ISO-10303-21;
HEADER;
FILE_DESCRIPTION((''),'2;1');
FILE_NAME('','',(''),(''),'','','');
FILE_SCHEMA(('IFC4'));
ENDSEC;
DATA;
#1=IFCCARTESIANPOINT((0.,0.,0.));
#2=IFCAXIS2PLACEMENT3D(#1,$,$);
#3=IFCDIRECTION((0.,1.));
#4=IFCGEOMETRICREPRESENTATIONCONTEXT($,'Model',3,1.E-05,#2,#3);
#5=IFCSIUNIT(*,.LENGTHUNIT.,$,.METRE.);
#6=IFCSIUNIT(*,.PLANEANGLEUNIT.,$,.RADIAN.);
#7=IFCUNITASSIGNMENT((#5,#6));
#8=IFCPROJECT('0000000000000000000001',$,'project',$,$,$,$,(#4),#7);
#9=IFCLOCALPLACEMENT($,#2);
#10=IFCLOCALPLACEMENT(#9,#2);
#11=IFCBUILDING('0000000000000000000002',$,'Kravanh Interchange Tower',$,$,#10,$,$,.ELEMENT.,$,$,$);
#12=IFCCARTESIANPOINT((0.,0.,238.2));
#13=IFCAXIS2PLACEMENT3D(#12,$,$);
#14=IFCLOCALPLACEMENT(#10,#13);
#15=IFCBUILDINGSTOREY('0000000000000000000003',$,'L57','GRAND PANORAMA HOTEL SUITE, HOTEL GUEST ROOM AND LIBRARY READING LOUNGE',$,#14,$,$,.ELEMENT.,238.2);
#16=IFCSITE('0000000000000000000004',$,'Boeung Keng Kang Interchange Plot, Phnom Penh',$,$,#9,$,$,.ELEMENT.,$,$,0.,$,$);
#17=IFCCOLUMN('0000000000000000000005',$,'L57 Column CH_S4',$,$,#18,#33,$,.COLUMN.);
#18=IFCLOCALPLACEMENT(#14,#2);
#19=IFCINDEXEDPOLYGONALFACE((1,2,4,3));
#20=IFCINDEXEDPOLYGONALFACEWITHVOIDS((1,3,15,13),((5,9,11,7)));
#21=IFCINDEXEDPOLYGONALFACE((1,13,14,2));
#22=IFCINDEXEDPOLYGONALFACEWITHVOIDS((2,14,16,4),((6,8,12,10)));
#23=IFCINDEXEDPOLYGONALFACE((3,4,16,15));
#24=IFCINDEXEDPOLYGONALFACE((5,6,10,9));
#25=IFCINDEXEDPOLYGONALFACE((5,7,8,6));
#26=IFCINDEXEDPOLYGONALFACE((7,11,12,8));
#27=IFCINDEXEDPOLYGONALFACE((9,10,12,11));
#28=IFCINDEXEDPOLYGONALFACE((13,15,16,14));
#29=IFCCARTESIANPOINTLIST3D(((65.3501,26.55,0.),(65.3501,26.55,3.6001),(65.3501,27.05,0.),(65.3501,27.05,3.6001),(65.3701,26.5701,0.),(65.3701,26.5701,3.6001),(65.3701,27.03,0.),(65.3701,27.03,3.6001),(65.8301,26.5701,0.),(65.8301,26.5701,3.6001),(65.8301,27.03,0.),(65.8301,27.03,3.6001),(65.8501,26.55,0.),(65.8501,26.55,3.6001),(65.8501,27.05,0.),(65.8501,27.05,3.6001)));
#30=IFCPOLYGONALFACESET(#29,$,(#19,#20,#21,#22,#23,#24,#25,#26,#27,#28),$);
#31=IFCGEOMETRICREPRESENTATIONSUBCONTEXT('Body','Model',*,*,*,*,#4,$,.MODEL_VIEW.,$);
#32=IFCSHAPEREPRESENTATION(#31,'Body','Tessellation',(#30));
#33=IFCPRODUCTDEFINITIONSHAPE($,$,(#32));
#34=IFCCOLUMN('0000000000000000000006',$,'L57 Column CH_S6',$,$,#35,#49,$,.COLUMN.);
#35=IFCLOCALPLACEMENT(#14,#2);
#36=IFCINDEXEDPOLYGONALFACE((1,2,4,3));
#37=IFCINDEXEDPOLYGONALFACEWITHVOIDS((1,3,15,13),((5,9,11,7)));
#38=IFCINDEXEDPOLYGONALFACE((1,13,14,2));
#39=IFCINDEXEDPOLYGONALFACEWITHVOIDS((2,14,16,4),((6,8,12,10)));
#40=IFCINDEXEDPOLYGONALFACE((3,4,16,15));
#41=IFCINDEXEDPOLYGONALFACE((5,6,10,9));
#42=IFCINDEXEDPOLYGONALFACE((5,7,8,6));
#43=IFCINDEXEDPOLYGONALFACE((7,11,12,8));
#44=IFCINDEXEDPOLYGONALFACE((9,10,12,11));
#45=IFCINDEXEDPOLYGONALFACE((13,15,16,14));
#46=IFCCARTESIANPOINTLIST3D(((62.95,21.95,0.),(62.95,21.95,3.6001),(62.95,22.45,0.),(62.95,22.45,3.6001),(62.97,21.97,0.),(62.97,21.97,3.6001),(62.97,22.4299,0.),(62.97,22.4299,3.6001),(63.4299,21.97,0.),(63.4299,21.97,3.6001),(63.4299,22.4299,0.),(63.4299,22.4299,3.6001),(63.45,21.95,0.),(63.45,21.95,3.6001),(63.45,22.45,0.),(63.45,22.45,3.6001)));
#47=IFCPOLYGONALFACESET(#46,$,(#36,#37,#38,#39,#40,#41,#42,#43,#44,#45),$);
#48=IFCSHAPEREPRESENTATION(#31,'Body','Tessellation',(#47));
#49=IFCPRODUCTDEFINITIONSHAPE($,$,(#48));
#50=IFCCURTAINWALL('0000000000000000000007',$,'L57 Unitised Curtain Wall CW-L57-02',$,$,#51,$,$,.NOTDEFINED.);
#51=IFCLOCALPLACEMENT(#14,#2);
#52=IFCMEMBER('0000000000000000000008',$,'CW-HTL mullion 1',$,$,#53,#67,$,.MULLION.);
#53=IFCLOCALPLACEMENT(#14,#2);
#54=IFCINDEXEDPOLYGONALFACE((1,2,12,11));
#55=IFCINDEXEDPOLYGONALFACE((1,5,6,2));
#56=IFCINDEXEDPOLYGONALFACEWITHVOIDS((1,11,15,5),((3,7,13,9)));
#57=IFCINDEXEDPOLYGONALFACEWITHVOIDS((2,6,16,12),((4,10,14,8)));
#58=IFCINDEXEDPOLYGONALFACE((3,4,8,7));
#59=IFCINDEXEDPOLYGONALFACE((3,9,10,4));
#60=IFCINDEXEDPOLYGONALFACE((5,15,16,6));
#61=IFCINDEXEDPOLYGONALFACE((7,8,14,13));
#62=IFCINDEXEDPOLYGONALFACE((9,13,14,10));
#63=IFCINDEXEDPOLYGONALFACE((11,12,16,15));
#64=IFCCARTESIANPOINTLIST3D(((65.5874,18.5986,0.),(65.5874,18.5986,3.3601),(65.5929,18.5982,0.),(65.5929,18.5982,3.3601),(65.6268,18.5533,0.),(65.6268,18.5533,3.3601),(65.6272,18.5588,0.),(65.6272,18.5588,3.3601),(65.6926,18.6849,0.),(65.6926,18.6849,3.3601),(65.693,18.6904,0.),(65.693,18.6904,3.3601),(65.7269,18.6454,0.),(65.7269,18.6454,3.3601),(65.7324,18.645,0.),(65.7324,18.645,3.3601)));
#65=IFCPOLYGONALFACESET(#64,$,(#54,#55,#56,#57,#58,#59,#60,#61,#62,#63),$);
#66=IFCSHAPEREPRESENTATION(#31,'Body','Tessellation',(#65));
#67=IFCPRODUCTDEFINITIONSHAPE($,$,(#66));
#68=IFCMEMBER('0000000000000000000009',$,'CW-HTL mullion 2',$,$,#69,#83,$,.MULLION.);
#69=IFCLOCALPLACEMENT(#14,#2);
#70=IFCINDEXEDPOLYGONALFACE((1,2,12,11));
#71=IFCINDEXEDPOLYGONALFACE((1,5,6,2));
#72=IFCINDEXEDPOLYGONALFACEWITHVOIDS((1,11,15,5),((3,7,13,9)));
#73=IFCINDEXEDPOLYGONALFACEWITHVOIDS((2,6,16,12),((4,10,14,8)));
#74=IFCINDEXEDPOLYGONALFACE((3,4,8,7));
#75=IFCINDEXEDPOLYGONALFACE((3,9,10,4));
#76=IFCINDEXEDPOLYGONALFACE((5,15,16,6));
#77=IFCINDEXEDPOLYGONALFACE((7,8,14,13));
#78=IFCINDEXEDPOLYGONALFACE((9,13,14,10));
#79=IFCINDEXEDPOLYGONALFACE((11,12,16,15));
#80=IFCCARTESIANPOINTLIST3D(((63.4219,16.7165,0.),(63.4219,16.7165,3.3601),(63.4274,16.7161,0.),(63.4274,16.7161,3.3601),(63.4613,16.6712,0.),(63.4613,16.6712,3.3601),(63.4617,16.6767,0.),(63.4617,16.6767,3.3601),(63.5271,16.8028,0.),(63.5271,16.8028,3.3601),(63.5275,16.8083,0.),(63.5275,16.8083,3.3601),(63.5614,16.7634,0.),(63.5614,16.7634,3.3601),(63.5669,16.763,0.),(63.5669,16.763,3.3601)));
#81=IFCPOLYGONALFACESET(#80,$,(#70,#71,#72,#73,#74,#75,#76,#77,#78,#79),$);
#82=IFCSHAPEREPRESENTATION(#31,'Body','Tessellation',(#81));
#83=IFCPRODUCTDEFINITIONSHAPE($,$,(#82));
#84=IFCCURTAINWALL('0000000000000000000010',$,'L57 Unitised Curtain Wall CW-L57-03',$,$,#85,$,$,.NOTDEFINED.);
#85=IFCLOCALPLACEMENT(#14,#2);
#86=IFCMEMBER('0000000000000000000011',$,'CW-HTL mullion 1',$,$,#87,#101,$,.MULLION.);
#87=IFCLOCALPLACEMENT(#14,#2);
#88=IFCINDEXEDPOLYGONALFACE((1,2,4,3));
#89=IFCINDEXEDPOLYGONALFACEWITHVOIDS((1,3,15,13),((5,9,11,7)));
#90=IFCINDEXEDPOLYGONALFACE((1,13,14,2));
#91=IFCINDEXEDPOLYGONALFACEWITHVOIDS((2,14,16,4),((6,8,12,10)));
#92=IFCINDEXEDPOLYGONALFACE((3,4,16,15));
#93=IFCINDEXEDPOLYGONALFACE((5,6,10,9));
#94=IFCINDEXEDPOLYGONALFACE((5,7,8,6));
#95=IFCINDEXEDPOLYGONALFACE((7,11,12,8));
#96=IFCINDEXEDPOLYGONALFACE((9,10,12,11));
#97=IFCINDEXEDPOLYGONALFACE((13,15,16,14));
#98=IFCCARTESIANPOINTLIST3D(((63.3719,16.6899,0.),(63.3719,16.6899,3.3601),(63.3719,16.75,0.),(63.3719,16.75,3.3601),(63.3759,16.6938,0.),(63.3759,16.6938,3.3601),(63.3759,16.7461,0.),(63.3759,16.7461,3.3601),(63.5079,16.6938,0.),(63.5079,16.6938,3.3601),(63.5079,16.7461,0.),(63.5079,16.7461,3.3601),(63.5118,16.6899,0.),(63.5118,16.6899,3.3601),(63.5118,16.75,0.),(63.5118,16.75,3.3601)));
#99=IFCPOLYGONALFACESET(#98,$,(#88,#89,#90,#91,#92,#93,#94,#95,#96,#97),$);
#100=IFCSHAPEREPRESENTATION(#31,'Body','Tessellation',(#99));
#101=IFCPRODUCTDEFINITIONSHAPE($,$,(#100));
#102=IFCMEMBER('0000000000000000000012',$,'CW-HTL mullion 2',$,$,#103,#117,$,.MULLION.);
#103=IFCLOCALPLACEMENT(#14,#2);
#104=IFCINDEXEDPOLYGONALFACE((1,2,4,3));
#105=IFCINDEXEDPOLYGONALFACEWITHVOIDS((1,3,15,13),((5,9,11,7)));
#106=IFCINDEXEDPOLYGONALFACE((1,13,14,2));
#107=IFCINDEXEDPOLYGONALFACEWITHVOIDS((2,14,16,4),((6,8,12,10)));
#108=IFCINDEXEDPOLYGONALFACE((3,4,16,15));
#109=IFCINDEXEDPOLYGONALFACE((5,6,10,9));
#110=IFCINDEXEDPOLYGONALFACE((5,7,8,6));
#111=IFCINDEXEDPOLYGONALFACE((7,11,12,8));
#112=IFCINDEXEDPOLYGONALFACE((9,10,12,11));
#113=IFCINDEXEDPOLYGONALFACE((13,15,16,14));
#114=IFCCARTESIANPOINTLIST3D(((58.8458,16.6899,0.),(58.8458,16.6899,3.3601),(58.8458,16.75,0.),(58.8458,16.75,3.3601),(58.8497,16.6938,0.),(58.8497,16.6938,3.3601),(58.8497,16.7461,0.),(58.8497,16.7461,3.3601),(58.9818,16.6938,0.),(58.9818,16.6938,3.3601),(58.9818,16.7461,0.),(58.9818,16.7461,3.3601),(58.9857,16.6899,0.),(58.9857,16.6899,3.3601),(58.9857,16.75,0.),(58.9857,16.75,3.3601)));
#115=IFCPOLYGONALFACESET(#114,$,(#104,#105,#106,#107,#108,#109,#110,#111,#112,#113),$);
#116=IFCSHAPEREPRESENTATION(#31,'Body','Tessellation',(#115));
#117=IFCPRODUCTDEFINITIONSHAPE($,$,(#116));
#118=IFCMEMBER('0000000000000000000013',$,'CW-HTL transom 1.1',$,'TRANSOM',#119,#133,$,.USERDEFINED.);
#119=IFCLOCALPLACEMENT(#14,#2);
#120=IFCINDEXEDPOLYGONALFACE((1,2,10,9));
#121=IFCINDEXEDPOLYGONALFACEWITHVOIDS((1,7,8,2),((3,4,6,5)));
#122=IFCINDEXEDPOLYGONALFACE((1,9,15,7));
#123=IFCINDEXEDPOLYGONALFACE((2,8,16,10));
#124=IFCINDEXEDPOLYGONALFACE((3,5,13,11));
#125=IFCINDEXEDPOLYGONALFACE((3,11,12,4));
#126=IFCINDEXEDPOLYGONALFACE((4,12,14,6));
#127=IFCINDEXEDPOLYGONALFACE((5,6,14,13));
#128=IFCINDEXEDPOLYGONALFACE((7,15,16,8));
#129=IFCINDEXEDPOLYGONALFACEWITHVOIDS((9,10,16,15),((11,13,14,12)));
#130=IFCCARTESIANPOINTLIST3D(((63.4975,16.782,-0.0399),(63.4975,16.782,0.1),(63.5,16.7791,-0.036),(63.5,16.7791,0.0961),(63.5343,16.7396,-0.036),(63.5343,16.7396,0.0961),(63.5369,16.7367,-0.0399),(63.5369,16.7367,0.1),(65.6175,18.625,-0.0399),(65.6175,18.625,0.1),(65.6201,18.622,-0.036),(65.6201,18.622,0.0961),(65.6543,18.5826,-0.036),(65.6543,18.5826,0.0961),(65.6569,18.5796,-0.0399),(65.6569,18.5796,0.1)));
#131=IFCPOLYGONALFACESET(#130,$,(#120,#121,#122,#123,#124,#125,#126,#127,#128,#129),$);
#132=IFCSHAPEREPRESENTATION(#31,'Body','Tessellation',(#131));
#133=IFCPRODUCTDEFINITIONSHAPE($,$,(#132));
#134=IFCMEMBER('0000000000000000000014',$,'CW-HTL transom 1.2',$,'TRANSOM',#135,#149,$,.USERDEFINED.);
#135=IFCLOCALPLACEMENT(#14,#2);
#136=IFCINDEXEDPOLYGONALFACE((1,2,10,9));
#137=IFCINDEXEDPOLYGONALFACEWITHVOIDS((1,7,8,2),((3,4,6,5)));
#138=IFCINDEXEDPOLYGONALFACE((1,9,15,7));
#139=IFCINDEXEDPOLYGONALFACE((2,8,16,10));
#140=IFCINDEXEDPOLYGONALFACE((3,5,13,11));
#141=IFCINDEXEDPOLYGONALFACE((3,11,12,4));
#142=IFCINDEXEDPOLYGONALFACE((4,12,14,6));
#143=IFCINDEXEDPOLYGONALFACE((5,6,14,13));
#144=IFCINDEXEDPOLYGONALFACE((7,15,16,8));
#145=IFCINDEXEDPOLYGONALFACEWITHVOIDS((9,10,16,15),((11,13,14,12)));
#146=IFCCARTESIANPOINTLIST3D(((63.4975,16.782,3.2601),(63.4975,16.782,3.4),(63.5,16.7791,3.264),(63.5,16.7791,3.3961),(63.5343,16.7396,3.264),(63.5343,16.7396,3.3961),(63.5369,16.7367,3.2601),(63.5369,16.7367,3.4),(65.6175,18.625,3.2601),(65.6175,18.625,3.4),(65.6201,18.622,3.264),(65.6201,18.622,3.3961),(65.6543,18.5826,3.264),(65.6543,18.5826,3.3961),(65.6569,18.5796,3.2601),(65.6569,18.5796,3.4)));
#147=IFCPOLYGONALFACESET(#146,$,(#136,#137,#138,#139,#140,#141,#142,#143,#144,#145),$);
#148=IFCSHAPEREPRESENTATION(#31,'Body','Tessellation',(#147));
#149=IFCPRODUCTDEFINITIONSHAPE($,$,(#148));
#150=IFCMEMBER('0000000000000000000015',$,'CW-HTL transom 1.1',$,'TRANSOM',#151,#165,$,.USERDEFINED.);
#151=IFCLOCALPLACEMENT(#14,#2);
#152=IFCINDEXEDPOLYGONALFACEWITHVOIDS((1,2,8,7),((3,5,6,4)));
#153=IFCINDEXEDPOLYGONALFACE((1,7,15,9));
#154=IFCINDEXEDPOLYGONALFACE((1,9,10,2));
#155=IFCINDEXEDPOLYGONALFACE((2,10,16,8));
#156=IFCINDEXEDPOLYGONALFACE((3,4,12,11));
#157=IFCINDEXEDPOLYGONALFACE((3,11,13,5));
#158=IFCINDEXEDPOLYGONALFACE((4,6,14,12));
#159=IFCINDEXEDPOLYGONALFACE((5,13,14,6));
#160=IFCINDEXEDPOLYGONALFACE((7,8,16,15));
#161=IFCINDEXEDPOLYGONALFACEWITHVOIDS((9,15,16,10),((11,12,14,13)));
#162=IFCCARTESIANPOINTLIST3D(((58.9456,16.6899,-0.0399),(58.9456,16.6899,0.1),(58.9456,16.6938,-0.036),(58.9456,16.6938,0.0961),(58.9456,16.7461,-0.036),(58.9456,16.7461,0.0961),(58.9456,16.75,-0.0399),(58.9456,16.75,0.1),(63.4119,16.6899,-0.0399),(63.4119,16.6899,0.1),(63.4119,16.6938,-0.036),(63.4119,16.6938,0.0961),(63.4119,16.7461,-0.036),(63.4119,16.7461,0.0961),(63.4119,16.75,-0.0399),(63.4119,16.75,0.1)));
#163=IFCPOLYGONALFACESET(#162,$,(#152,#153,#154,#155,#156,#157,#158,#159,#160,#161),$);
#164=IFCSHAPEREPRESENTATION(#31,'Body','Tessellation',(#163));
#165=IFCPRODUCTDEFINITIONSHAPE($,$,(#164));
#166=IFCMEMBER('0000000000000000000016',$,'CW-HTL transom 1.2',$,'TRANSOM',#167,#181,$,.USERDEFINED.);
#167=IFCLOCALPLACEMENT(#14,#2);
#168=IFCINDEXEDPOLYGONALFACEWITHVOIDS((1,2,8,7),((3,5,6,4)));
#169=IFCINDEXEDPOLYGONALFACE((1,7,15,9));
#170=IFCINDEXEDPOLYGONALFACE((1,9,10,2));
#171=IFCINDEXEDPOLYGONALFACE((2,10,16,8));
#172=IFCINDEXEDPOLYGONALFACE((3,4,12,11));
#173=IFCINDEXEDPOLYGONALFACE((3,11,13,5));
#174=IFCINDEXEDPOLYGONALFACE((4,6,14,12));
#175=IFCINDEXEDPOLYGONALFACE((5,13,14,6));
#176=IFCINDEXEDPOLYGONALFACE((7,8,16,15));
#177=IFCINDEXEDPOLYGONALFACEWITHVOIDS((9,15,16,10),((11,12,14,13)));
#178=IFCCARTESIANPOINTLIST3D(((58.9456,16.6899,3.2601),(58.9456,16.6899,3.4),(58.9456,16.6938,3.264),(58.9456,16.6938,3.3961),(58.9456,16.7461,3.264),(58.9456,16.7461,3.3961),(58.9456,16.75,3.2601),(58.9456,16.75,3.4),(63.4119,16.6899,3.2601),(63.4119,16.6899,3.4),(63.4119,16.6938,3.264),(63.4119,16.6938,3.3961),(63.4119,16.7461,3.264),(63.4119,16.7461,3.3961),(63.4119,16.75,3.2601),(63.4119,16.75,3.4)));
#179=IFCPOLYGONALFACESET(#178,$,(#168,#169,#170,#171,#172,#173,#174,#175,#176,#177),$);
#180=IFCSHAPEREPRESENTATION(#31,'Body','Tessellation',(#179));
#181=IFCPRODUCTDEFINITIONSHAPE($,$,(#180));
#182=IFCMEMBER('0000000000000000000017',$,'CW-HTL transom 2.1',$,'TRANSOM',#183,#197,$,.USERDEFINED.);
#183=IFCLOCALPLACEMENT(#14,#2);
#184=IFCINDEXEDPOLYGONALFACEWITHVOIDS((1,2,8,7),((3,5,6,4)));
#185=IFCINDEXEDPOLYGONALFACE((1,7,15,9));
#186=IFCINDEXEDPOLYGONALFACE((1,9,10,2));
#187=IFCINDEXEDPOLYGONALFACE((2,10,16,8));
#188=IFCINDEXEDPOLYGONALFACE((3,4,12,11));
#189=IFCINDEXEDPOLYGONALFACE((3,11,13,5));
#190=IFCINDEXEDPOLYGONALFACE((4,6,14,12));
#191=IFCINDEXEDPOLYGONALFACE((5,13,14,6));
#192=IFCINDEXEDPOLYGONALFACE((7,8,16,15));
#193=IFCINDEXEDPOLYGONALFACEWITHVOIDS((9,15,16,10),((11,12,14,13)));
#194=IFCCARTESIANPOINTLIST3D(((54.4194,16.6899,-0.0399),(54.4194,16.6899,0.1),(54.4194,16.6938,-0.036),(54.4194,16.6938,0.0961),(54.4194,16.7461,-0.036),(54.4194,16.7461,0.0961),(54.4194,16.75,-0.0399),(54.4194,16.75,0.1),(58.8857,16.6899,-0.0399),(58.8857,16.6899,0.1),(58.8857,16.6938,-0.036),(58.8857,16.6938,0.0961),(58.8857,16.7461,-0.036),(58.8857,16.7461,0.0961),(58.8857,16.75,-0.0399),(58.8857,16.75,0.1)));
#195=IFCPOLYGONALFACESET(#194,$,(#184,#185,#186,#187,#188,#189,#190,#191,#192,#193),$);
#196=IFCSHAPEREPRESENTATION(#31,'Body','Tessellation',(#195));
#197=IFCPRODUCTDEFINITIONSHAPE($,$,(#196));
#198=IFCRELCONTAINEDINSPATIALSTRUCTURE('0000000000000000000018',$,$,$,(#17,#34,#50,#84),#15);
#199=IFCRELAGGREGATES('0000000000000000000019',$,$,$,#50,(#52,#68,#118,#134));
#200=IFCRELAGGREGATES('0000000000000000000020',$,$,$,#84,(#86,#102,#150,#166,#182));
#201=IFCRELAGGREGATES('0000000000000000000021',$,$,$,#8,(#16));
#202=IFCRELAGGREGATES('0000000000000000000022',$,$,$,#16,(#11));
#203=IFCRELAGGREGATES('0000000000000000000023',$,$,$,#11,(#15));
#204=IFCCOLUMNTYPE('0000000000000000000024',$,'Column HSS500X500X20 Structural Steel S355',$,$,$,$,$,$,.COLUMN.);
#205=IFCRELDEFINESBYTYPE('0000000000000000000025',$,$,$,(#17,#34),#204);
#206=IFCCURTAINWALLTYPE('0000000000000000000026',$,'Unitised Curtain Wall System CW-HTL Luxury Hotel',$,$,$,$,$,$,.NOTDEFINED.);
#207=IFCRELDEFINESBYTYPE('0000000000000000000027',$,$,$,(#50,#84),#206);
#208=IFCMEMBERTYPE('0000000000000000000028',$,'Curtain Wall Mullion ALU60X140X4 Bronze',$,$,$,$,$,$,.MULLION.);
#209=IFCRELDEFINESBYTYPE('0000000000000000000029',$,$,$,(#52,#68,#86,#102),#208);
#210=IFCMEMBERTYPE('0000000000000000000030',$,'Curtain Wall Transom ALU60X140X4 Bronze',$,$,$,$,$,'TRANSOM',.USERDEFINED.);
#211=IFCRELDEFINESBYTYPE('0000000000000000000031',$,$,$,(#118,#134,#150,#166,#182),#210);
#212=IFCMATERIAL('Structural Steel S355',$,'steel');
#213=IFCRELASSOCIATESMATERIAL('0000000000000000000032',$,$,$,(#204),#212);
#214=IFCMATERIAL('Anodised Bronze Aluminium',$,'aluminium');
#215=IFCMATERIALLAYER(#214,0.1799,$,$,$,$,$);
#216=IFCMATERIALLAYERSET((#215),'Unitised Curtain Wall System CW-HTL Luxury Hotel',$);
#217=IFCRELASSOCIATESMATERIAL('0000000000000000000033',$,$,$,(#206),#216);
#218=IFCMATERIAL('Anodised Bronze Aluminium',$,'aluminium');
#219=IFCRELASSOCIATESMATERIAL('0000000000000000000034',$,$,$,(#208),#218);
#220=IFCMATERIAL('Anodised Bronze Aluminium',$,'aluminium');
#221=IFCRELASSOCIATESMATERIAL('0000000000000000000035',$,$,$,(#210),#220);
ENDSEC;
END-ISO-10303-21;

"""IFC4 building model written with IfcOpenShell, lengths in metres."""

from ifc_helpers import new_model, si_unit, direction, frame, origin, origin_2d, place, context, subcontext, project, spatial, hollow_rectangle, extrude, material, layer, layer_set, material_profile, profile_set, type_object, element, aggregate, save


model = new_model("IFC4")

# Units and contexts
model_context = context("Model", 3, precision=1e-05, world=origin(), true_north=direction((0.0, 1.0)))
body_context = subcontext(model_context, "Body", "Model", "MODEL_VIEW")
ifc_project = project(units=[si_unit("LENGTHUNIT", "METRE"), si_unit("PLANEANGLEUNIT", "RADIAN")], contexts=[model_context])

# Site, building, storey
site_placement = place(None, origin())
site = spatial("IfcSite", under=ifc_project, at=site_placement, Name="Boeung Keng Kang Interchange Plot, Phnom Penh", CompositionType="ELEMENT", RefElevation=0.0)
building_placement = place(site_placement, origin())
building = spatial("IfcBuilding", under=site, at=building_placement, Name="Kravanh Interchange Tower", CompositionType="ELEMENT")
storey_placement = place(building_placement, frame((0.0, 0.0, 238.2)))
storey = spatial("IfcBuildingStorey", under=building, at=storey_placement, Name="L57", Description="GRAND PANORAMA HOTEL SUITE, HOTEL GUEST ROOM AND LIBRARY READING LOUNGE", CompositionType="ELEMENT", Elevation=238.2)

# Columns
ifc_material_1 = material(Name="Structural Steel S355", Category="steel")
ifc_material_profile_1 = material_profile(ifc_material_1, hollow_rectangle(XDim=0.5, YDim=0.5, WallThickness=0.02, at=origin_2d()), Name="HSS500X500X20")
ifc_profile_set_1 = profile_set([ifc_material_profile_1], Name="Structural Steel S355")
column_type = type_object("IfcColumnType", Name="Column HSS500X500X20 Structural Steel S355", PredefinedType="COLUMN", material=ifc_profile_set_1)
for number, where, z_axis, x_axis, name in (
    (1, (65.6001, 26.8, 0.0), (0.0, 0.0, 1.0), (1.0, 0.0, 0.0), "L57 Column CH_S4"),
    (2, (63.2, 22.2, 0.0), (0.0, 0.0, 1.0), (1.0, 0.0, 0.0), "L57 Column CH_S6"),
):
    element("IfcColumn", number, at=place(storey_placement, frame(where, z_axis=z_axis, x_axis=x_axis)), inside=storey, type_object=column_type, Name=name, PredefinedType="COLUMN", context=body_context, shape_type="SweptSolid", body=[
        extrude(hollow_rectangle(XDim=0.5, YDim=0.5, WallThickness=0.02, at=origin_2d()), origin(), (0.0, 0.0, 1.0), 3.6001),
    ])

# Curtain walls, members
ifc_material_2 = material(Name="Anodised Bronze Aluminium", Category="aluminium")
ifc_layer_1 = layer(ifc_material_2, 0.1799)
ifc_layer_set_1 = layer_set([ifc_layer_1], Name="Unitised Curtain Wall System CW-HTL Luxury Hotel")
curtain_wall_type = type_object("IfcCurtainWallType", Name="Unitised Curtain Wall System CW-HTL Luxury Hotel", PredefinedType="NOTDEFINED", material=ifc_layer_set_1)
curtain_wall_1_placement = place(storey_placement, origin())
curtain_wall_1 = element("IfcCurtainWall", 3, at=curtain_wall_1_placement, inside=storey, type_object=curtain_wall_type, Name="L57 Unitised Curtain Wall CW-L57-02", PredefinedType="NOTDEFINED")
ifc_material_3 = material(Name="Anodised Bronze Aluminium", Category="aluminium")
ifc_material_profile_2 = material_profile(ifc_material_3, hollow_rectangle(XDim=0.0601, YDim=0.1399, WallThickness=0.0039, at=origin_2d()), Name="ALU60X140X4")
ifc_profile_set_2 = profile_set([ifc_material_profile_2], Name="Anodised Bronze Aluminium")
member_type_1 = type_object("IfcMemberType", Name="Curtain Wall Mullion ALU60X140X4 Bronze", PredefinedType="MULLION", material=ifc_profile_set_2)
member_1_placement = place(storey_placement, frame((65.6599, 18.6218, 0.0), z_axis=(0.0, 0.0, 1.0), x_axis=(0.656033, -0.754732, 0.0)))
member_1 = element("IfcMember", 4, at=member_1_placement, type_object=member_type_1, Name="CW-HTL mullion 1", PredefinedType="MULLION", context=body_context, shape_type="SweptSolid", body=[
    extrude(hollow_rectangle(XDim=0.0601, YDim=0.1399, WallThickness=0.0039, at=origin_2d()), origin(), (0.0, 0.0, 1.0), 3.3601),
])
member_2_placement = place(storey_placement, frame((63.4944, 16.7397, 0.0), z_axis=(0.0, 0.0, 1.0), x_axis=(0.656033, -0.754732, 0.0)))
member_2 = element("IfcMember", 5, at=member_2_placement, type_object=member_type_1, Name="CW-HTL mullion 2", PredefinedType="MULLION", context=body_context, shape_type="SweptSolid", body=[
    extrude(hollow_rectangle(XDim=0.0601, YDim=0.1399, WallThickness=0.0039, at=origin_2d()), origin(), (0.0, 0.0, 1.0), 3.3601),
])
curtain_wall_2_placement = place(storey_placement, origin())
curtain_wall_2 = element("IfcCurtainWall", 6, at=curtain_wall_2_placement, inside=storey, type_object=curtain_wall_type, Name="L57 Unitised Curtain Wall CW-L57-03", PredefinedType="NOTDEFINED")
member_3_placement = place(storey_placement, frame((63.4419, 16.72, 0.0), z_axis=(0.0, 0.0, 1.0), x_axis=(0.0, -1.0, 0.0)))
member_3 = element("IfcMember", 7, at=member_3_placement, type_object=member_type_1, Name="CW-HTL mullion 1", PredefinedType="MULLION", context=body_context, shape_type="SweptSolid", body=[
    extrude(hollow_rectangle(XDim=0.0601, YDim=0.1399, WallThickness=0.0039, at=origin_2d()), origin(), (0.0, 0.0, 1.0), 3.3601),
])
member_4_placement = place(storey_placement, frame((58.9158, 16.72, 0.0), z_axis=(0.0, 0.0, 1.0), x_axis=(0.0, -1.0, 0.0)))
member_4 = element("IfcMember", 8, at=member_4_placement, type_object=member_type_1, Name="CW-HTL mullion 2", PredefinedType="MULLION", context=body_context, shape_type="SweptSolid", body=[
    extrude(hollow_rectangle(XDim=0.0601, YDim=0.1399, WallThickness=0.0039, at=origin_2d()), origin(), (0.0, 0.0, 1.0), 3.3601),
])

# Members
ifc_material_4 = material(Name="Anodised Bronze Aluminium", Category="aluminium")
ifc_material_profile_3 = material_profile(ifc_material_4, hollow_rectangle(XDim=0.0601, YDim=0.1399, WallThickness=0.0039, at=origin_2d()), Name="ALU60X140X4")
ifc_profile_set_3 = profile_set([ifc_material_profile_3], Name="Anodised Bronze Aluminium")
member_type_2 = type_object("IfcMemberType", Name="Curtain Wall Transom ALU60X140X4 Bronze", ElementType="TRANSOM", PredefinedType="USERDEFINED", material=ifc_profile_set_3)
member_5_placement = place(storey_placement, frame((65.6372, 18.6023, 0.03), z_axis=(-0.754705, -0.656065, 0.0), x_axis=(0.656065, -0.754705, 0.0)))
member_5 = element("IfcMember", 9, at=member_5_placement, type_object=member_type_2, Name="CW-HTL transom 1.1", ObjectType="TRANSOM", PredefinedType="USERDEFINED", context=body_context, shape_type="SweptSolid", body=[
    extrude(hollow_rectangle(XDim=0.0601, YDim=0.1399, WallThickness=0.0039, at=origin_2d()), origin(), (0.0, 0.0, 1.0), 2.8091),
])
member_6_placement = place(storey_placement, frame((65.6372, 18.6023, 3.3301), z_axis=(-0.754705, -0.656065, 0.0), x_axis=(0.656065, -0.754705, 0.0)))
member_6 = element("IfcMember", 10, at=member_6_placement, type_object=member_type_2, Name="CW-HTL transom 1.2", ObjectType="TRANSOM", PredefinedType="USERDEFINED", context=body_context, shape_type="SweptSolid", body=[
    extrude(hollow_rectangle(XDim=0.0601, YDim=0.1399, WallThickness=0.0039, at=origin_2d()), origin(), (0.0, 0.0, 1.0), 2.8091),
])
member_7_placement = place(storey_placement, frame((63.4119, 16.72, 0.03), z_axis=(-1.0, 0.0, 0.0), x_axis=(0.0, -1.0, 0.0)))
member_7 = element("IfcMember", 11, at=member_7_placement, type_object=member_type_2, Name="CW-HTL transom 1.1", ObjectType="TRANSOM", PredefinedType="USERDEFINED", context=body_context, shape_type="SweptSolid", body=[
    extrude(hollow_rectangle(XDim=0.0601, YDim=0.1399, WallThickness=0.0039, at=origin_2d()), origin(), (0.0, 0.0, 1.0), 4.4663),
])
member_8_placement = place(storey_placement, frame((63.4119, 16.72, 3.3301), z_axis=(-1.0, 0.0, 0.0), x_axis=(0.0, -1.0, 0.0)))
member_8 = element("IfcMember", 12, at=member_8_placement, type_object=member_type_2, Name="CW-HTL transom 1.2", ObjectType="TRANSOM", PredefinedType="USERDEFINED", context=body_context, shape_type="SweptSolid", body=[
    extrude(hollow_rectangle(XDim=0.0601, YDim=0.1399, WallThickness=0.0039, at=origin_2d()), origin(), (0.0, 0.0, 1.0), 4.4663),
])
member_9_placement = place(storey_placement, frame((58.8857, 16.72, 0.03), z_axis=(-1.0, 0.0, 0.0), x_axis=(0.0, -1.0, 0.0)))
member_9 = element("IfcMember", 13, at=member_9_placement, type_object=member_type_2, Name="CW-HTL transom 2.1", ObjectType="TRANSOM", PredefinedType="USERDEFINED", context=body_context, shape_type="SweptSolid", body=[
    extrude(hollow_rectangle(XDim=0.0601, YDim=0.1399, WallThickness=0.0039, at=origin_2d()), origin(), (0.0, 0.0, 1.0), 4.4663),
])

aggregate(curtain_wall_1, [member_1, member_2, member_5, member_6])
aggregate(curtain_wall_2, [member_3, member_4, member_7, member_8, member_9])

save(model, "model.ifc")
